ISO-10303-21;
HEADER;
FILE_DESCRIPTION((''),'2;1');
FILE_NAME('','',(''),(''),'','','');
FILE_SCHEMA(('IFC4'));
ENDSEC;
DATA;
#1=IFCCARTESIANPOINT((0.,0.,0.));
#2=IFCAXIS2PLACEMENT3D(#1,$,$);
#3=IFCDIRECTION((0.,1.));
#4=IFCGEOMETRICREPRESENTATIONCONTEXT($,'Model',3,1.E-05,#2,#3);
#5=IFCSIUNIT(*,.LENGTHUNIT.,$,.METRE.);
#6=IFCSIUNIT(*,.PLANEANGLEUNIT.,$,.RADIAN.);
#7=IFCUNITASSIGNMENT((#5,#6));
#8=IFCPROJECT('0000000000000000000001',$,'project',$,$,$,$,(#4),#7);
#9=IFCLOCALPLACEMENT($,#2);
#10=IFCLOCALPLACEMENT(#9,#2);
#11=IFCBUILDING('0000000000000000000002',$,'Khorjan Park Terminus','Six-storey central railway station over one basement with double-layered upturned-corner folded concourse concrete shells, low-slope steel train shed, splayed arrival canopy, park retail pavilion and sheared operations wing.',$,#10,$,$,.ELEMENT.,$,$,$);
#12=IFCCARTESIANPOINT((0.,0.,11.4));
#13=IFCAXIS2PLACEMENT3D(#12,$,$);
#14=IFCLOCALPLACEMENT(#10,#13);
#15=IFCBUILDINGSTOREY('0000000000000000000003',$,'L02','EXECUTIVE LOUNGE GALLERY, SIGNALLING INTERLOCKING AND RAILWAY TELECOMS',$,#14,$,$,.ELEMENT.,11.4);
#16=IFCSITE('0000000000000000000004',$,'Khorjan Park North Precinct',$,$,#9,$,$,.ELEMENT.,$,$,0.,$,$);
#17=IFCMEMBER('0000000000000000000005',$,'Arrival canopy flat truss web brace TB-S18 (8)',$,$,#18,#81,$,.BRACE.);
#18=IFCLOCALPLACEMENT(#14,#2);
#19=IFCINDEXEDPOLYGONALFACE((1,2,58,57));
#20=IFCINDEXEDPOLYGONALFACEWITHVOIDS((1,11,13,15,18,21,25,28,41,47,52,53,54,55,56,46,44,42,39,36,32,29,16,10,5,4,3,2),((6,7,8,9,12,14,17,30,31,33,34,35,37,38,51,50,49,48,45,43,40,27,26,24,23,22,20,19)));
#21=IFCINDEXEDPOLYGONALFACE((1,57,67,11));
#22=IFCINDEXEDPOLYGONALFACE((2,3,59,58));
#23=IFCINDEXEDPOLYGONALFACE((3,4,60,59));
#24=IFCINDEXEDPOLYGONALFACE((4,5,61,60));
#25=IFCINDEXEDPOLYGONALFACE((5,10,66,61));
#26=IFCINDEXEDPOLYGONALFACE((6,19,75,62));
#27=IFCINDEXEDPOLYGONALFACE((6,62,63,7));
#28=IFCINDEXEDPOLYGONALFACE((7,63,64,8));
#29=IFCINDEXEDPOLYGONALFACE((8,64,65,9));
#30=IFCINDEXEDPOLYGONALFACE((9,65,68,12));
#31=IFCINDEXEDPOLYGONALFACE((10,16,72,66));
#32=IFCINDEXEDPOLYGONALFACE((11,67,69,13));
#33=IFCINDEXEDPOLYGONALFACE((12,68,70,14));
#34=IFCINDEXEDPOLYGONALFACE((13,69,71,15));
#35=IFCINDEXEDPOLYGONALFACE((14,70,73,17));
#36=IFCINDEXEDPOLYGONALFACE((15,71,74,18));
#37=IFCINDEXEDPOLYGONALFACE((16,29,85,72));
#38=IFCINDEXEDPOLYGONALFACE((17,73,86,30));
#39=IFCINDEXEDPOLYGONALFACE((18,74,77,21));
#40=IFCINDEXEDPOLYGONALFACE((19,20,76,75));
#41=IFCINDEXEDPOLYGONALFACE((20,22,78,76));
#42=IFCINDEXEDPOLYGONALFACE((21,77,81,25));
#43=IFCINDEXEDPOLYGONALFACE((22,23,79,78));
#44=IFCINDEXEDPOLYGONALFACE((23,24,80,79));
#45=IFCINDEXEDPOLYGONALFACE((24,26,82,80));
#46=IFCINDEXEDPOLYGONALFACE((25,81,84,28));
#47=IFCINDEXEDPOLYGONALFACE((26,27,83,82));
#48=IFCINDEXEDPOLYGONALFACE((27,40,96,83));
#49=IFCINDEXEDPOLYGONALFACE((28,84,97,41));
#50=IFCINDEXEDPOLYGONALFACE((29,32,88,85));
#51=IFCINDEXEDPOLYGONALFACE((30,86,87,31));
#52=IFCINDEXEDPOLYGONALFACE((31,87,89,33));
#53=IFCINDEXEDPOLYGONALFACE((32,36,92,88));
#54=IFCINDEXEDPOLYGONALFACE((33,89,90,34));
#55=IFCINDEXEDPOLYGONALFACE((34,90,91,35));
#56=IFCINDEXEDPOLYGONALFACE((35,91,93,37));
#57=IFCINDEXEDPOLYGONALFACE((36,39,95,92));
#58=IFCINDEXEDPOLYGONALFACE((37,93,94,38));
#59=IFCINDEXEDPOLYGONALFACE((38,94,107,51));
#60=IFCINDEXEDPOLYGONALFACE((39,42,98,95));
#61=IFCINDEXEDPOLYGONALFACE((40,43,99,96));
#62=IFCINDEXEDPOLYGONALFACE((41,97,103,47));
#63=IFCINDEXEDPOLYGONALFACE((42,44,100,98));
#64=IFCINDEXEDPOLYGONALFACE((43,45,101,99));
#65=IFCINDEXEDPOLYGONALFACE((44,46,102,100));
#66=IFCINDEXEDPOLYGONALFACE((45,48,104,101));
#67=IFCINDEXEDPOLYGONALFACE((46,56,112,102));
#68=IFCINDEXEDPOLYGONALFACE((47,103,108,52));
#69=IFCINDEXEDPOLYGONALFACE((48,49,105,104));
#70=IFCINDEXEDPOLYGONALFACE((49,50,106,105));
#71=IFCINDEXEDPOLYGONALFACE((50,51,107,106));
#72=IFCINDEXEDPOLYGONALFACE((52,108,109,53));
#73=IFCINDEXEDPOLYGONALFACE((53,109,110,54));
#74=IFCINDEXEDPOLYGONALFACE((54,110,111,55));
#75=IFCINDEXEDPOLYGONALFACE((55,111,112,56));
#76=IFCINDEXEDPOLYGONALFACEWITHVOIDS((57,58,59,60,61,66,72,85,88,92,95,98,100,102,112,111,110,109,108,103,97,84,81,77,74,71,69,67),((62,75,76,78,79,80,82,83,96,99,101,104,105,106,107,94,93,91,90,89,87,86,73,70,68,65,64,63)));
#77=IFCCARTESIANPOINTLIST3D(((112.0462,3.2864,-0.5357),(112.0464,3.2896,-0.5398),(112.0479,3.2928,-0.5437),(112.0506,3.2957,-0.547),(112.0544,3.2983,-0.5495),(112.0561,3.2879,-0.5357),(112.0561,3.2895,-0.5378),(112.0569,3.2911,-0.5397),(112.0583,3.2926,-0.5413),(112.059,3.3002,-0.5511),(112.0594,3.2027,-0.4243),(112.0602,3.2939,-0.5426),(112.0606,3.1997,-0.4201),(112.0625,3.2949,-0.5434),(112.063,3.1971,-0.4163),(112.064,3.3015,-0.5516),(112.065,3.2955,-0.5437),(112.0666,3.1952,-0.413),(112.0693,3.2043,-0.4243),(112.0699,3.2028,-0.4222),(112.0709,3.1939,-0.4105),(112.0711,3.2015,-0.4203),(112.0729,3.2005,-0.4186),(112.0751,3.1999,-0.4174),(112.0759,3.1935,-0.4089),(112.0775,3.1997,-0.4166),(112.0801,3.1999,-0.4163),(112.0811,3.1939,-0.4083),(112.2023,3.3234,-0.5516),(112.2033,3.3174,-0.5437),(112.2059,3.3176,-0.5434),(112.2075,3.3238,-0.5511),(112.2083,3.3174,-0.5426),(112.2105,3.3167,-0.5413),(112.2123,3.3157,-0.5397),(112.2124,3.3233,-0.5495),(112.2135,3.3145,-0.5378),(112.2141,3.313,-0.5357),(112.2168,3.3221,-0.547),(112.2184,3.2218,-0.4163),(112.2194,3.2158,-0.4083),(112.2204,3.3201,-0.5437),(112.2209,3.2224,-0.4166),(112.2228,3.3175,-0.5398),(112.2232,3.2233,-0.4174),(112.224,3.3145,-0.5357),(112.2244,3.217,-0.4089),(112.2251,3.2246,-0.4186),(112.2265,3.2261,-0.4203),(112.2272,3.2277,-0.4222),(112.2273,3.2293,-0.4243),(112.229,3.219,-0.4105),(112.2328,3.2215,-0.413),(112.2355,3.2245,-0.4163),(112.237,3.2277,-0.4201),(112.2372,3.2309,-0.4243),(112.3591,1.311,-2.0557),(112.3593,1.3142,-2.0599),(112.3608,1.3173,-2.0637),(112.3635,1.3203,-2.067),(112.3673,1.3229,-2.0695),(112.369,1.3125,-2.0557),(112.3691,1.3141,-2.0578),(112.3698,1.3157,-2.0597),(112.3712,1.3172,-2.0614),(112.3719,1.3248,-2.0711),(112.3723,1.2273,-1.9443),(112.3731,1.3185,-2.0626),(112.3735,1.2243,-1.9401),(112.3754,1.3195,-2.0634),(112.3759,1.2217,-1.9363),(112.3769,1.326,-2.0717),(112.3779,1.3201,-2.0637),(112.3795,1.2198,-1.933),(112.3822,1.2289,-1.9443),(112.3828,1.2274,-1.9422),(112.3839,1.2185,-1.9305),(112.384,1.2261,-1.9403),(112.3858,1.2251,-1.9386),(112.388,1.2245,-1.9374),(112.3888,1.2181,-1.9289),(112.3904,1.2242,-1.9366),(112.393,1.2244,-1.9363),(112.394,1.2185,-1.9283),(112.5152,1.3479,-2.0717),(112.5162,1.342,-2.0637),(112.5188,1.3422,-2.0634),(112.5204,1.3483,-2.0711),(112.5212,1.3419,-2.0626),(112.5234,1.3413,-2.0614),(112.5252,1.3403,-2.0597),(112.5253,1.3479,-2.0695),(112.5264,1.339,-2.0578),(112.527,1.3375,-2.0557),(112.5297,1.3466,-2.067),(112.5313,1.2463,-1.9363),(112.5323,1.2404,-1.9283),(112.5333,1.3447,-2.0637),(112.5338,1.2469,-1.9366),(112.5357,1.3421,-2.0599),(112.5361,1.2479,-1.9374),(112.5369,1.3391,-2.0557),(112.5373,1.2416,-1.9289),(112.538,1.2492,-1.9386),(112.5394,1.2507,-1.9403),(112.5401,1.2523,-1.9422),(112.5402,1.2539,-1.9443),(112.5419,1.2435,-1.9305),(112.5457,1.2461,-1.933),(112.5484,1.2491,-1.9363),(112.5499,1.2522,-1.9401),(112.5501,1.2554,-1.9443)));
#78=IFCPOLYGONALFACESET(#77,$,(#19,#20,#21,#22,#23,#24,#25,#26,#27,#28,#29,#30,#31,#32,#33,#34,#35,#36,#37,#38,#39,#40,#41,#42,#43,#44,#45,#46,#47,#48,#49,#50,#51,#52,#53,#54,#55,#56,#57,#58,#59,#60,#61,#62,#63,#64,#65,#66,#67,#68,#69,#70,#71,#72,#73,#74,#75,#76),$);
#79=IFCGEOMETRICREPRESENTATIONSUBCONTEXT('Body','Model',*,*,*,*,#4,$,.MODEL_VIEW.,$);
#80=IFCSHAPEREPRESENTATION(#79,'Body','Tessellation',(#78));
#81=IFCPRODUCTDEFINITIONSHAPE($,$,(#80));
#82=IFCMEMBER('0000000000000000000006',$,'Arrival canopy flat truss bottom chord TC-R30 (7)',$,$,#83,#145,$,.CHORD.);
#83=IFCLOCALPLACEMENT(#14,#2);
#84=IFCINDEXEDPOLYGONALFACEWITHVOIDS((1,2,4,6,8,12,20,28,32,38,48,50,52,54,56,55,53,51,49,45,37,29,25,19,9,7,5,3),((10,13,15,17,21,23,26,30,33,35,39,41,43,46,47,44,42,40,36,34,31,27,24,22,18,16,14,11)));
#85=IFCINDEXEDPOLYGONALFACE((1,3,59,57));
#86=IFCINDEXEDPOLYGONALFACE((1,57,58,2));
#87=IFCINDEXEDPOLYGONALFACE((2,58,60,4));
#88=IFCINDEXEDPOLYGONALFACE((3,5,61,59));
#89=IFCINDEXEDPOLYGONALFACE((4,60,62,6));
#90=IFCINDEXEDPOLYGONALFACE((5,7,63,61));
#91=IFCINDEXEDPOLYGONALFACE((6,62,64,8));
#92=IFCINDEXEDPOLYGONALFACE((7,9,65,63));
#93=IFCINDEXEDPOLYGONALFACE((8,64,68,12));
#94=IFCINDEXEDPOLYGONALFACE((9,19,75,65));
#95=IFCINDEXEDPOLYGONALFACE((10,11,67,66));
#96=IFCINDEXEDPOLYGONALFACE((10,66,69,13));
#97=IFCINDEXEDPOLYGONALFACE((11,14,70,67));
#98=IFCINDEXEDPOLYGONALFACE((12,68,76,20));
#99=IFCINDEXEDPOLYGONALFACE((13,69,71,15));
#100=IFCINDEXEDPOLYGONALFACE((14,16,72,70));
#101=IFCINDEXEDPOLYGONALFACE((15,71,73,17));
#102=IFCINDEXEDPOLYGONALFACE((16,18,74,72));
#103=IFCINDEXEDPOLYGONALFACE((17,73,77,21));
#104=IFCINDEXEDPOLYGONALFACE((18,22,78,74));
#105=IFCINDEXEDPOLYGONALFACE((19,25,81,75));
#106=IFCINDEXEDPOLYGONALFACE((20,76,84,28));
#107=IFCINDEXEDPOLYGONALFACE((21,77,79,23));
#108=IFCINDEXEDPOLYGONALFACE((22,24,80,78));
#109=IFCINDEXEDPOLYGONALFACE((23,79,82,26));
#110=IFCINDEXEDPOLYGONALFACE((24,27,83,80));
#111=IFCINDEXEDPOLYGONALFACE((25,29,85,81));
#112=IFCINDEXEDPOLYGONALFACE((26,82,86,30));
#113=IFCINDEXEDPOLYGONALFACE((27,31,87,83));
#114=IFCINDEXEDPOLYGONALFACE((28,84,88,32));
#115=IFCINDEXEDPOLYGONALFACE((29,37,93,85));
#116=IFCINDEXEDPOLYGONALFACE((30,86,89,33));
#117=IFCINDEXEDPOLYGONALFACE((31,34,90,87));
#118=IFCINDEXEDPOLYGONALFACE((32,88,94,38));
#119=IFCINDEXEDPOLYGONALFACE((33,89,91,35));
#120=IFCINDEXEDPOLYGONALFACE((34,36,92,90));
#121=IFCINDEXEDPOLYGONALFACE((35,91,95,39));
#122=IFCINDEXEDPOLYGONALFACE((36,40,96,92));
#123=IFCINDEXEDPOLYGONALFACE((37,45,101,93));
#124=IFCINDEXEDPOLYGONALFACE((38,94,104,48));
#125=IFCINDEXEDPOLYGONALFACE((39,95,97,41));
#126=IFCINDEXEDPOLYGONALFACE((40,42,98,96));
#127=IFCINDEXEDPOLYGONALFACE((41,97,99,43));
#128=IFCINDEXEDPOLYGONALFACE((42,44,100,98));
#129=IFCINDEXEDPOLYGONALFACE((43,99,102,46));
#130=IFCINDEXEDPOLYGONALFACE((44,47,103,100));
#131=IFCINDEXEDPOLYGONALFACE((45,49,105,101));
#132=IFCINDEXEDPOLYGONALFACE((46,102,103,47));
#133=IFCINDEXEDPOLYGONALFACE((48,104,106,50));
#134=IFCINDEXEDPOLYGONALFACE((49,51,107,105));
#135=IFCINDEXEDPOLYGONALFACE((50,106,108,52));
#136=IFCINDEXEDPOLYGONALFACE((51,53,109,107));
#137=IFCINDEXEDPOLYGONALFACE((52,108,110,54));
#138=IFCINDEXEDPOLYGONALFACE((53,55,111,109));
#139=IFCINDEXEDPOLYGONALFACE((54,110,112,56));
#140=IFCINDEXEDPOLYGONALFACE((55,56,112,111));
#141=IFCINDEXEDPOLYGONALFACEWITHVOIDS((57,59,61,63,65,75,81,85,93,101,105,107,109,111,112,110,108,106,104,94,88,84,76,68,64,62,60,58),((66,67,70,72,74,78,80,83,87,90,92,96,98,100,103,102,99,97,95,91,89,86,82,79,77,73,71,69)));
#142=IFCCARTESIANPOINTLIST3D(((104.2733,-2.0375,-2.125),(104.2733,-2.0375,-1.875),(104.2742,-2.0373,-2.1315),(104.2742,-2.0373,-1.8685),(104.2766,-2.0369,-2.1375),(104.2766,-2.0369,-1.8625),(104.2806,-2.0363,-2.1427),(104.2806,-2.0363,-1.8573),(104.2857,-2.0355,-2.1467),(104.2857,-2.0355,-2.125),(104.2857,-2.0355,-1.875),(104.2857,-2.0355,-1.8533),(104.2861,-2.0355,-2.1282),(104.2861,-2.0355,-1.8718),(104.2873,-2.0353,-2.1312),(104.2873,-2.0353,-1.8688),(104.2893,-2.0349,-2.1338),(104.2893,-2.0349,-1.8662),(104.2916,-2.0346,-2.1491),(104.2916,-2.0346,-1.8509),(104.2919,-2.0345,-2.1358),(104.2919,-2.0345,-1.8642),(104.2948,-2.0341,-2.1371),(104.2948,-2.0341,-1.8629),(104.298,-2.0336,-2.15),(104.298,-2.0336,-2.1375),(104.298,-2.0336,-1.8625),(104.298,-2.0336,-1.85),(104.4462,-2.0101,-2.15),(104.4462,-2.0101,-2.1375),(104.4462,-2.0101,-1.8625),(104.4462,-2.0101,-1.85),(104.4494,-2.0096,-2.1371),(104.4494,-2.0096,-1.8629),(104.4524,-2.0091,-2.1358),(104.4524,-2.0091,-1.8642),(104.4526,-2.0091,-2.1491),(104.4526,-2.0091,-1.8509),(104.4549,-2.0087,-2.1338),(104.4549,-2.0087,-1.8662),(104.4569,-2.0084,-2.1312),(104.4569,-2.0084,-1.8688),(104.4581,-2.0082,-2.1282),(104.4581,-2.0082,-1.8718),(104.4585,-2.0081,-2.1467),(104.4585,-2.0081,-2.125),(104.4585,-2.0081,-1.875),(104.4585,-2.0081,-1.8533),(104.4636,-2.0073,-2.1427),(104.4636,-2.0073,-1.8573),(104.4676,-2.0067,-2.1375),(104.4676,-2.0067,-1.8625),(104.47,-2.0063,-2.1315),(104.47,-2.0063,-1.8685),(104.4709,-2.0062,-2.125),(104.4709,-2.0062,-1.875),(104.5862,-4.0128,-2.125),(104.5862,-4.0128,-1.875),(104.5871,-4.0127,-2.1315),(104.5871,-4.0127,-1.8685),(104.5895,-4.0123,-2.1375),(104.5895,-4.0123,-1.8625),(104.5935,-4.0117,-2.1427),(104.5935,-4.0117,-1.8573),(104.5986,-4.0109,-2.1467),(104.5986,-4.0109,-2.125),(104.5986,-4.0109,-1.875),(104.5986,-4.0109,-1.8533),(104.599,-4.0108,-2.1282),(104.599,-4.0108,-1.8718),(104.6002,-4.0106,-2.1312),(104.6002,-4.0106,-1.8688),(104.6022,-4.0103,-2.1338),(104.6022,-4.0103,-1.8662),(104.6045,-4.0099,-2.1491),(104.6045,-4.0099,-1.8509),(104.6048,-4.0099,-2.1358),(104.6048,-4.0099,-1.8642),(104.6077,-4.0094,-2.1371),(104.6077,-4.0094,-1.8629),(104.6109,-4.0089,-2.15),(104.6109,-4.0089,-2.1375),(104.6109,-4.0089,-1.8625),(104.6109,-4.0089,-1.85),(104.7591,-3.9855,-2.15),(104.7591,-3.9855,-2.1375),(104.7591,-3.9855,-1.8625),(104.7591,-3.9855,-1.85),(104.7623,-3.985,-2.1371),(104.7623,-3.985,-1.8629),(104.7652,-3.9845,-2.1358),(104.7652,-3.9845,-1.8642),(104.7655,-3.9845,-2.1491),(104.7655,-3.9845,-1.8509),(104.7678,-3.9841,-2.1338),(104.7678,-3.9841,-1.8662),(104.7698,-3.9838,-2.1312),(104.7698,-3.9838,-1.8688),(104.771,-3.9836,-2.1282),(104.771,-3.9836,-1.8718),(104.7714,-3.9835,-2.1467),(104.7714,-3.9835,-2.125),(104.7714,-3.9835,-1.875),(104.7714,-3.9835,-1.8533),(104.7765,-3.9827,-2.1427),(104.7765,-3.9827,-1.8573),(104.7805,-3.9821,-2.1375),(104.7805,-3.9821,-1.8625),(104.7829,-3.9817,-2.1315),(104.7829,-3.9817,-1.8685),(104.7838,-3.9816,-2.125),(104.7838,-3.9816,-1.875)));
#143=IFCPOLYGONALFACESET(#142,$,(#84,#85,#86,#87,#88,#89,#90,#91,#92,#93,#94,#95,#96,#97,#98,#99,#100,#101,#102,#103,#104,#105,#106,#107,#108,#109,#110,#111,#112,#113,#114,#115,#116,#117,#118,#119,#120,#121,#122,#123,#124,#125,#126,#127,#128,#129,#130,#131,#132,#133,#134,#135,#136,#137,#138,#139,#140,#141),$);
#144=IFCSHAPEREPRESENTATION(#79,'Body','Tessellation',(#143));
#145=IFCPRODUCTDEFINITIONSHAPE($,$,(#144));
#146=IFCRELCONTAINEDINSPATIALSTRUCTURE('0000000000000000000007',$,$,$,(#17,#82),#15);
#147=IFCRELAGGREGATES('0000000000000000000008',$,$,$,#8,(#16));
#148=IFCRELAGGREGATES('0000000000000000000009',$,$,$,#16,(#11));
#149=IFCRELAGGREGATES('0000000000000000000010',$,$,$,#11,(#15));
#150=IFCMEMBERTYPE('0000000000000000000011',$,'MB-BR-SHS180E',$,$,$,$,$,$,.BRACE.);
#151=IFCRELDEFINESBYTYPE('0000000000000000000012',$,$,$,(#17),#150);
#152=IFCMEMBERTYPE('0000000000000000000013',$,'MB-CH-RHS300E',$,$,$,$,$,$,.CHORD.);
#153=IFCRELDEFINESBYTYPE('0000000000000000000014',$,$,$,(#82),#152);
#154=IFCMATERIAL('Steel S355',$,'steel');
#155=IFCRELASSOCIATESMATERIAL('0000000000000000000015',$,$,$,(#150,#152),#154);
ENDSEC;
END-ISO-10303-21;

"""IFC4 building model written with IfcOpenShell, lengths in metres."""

from ifc_helpers import new_model, si_unit, direction, frame, origin, origin_2d, place, context, subcontext, project, spatial, hollow_rectangle, extrude, material, material_profile, profile_set, type_object, element, save


model = new_model("IFC4")

# Units and contexts
model_context = context("Model", 3, precision=1e-05, world=origin(), true_north=direction((0.0, 1.0)))
body_context = subcontext(model_context, "Body", "Model", "MODEL_VIEW")
ifc_project = project(units=[si_unit("LENGTHUNIT", "METRE"), si_unit("PLANEANGLEUNIT", "RADIAN")], contexts=[model_context])

# Site, building, storey
site_placement = place(None, origin())
site = spatial("IfcSite", under=ifc_project, at=site_placement, Name="Khorjan Park North Precinct", CompositionType="ELEMENT", RefElevation=0.0)
building_placement = place(site_placement, origin())
building = spatial("IfcBuilding", under=site, at=building_placement, Name="Khorjan Park Terminus", Description="Six-storey central railway station over one basement with double-layered upturned-corner folded concourse concrete shells, low-slope steel train shed, splayed arrival canopy, park retail pavilion and sheared operations wing.", CompositionType="ELEMENT")
storey_placement = place(building_placement, frame((0.0, 0.0, 11.4)))
storey = spatial("IfcBuildingStorey", under=building, at=storey_placement, Name="L02", Description="EXECUTIVE LOUNGE GALLERY, SIGNALLING INTERLOCKING AND RAILWAY TELECOMS", CompositionType="ELEMENT", Elevation=11.4)

# Members
ifc_material = material(Name="Steel S355", Category="steel")
ifc_material_profile_1 = material_profile(ifc_material, hollow_rectangle(XDim=0.18, YDim=0.18, WallThickness=0.01, InnerFilletRadius=0.01, OuterFilletRadius=0.02, at=origin_2d()), Name="SHS 180x180x10")
ifc_profile_set_1 = profile_set([ifc_material_profile_1], Name="Steel S355")
member_type_1 = type_object("IfcMemberType", Name="MB-BR-SHS180E", PredefinedType="BRACE", material=ifc_profile_set_1)
member_1_placement = place(storey_placement, frame((112.4546, 1.2832, -2.0), z_axis=(-0.124558, 0.786362, 0.605078), x_axis=(-0.987686, -0.156448, 0.0)))
element("IfcMember", 1, at=member_1_placement, inside=storey, type_object=member_type_1, Name="Arrival canopy flat truss web brace TB-S18 (8)", PredefinedType="BRACE", context=body_context, shape_type="SweptSolid", body=[
    extrude(hollow_rectangle(XDim=0.18, YDim=0.18, WallThickness=0.01, InnerFilletRadius=0.01, OuterFilletRadius=0.02, at=origin_2d()), origin(), (0.0, 0.0, 1.0), 2.5121),
])
ifc_material_profile_2 = material_profile(ifc_material, hollow_rectangle(XDim=0.2, YDim=0.3, WallThickness=0.0125, InnerFilletRadius=0.0125, OuterFilletRadius=0.025, at=origin_2d()), Name="RHS 300x200x12.5")
ifc_profile_set_2 = profile_set([ifc_material_profile_2], Name="Steel S355")
member_type_2 = type_object("IfcMemberType", Name="MB-CH-RHS300E", PredefinedType="CHORD", material=ifc_profile_set_2)
member_2_placement = place(storey_placement, frame((104.685, -3.9972, -2.0), z_axis=(-0.156448, 0.987686, 0.0), x_axis=(-0.987686, -0.156448, 0.0)))
element("IfcMember", 2, at=member_2_placement, inside=storey, type_object=member_type_2, Name="Arrival canopy flat truss bottom chord TC-R30 (7)", PredefinedType="CHORD", context=body_context, shape_type="SweptSolid", body=[
    extrude(hollow_rectangle(XDim=0.2, YDim=0.3, WallThickness=0.0125, InnerFilletRadius=0.0125, OuterFilletRadius=0.025, at=origin_2d()), origin(), (0.0, 0.0, 1.0), 2.0),
])

save(model, "model.ifc")
